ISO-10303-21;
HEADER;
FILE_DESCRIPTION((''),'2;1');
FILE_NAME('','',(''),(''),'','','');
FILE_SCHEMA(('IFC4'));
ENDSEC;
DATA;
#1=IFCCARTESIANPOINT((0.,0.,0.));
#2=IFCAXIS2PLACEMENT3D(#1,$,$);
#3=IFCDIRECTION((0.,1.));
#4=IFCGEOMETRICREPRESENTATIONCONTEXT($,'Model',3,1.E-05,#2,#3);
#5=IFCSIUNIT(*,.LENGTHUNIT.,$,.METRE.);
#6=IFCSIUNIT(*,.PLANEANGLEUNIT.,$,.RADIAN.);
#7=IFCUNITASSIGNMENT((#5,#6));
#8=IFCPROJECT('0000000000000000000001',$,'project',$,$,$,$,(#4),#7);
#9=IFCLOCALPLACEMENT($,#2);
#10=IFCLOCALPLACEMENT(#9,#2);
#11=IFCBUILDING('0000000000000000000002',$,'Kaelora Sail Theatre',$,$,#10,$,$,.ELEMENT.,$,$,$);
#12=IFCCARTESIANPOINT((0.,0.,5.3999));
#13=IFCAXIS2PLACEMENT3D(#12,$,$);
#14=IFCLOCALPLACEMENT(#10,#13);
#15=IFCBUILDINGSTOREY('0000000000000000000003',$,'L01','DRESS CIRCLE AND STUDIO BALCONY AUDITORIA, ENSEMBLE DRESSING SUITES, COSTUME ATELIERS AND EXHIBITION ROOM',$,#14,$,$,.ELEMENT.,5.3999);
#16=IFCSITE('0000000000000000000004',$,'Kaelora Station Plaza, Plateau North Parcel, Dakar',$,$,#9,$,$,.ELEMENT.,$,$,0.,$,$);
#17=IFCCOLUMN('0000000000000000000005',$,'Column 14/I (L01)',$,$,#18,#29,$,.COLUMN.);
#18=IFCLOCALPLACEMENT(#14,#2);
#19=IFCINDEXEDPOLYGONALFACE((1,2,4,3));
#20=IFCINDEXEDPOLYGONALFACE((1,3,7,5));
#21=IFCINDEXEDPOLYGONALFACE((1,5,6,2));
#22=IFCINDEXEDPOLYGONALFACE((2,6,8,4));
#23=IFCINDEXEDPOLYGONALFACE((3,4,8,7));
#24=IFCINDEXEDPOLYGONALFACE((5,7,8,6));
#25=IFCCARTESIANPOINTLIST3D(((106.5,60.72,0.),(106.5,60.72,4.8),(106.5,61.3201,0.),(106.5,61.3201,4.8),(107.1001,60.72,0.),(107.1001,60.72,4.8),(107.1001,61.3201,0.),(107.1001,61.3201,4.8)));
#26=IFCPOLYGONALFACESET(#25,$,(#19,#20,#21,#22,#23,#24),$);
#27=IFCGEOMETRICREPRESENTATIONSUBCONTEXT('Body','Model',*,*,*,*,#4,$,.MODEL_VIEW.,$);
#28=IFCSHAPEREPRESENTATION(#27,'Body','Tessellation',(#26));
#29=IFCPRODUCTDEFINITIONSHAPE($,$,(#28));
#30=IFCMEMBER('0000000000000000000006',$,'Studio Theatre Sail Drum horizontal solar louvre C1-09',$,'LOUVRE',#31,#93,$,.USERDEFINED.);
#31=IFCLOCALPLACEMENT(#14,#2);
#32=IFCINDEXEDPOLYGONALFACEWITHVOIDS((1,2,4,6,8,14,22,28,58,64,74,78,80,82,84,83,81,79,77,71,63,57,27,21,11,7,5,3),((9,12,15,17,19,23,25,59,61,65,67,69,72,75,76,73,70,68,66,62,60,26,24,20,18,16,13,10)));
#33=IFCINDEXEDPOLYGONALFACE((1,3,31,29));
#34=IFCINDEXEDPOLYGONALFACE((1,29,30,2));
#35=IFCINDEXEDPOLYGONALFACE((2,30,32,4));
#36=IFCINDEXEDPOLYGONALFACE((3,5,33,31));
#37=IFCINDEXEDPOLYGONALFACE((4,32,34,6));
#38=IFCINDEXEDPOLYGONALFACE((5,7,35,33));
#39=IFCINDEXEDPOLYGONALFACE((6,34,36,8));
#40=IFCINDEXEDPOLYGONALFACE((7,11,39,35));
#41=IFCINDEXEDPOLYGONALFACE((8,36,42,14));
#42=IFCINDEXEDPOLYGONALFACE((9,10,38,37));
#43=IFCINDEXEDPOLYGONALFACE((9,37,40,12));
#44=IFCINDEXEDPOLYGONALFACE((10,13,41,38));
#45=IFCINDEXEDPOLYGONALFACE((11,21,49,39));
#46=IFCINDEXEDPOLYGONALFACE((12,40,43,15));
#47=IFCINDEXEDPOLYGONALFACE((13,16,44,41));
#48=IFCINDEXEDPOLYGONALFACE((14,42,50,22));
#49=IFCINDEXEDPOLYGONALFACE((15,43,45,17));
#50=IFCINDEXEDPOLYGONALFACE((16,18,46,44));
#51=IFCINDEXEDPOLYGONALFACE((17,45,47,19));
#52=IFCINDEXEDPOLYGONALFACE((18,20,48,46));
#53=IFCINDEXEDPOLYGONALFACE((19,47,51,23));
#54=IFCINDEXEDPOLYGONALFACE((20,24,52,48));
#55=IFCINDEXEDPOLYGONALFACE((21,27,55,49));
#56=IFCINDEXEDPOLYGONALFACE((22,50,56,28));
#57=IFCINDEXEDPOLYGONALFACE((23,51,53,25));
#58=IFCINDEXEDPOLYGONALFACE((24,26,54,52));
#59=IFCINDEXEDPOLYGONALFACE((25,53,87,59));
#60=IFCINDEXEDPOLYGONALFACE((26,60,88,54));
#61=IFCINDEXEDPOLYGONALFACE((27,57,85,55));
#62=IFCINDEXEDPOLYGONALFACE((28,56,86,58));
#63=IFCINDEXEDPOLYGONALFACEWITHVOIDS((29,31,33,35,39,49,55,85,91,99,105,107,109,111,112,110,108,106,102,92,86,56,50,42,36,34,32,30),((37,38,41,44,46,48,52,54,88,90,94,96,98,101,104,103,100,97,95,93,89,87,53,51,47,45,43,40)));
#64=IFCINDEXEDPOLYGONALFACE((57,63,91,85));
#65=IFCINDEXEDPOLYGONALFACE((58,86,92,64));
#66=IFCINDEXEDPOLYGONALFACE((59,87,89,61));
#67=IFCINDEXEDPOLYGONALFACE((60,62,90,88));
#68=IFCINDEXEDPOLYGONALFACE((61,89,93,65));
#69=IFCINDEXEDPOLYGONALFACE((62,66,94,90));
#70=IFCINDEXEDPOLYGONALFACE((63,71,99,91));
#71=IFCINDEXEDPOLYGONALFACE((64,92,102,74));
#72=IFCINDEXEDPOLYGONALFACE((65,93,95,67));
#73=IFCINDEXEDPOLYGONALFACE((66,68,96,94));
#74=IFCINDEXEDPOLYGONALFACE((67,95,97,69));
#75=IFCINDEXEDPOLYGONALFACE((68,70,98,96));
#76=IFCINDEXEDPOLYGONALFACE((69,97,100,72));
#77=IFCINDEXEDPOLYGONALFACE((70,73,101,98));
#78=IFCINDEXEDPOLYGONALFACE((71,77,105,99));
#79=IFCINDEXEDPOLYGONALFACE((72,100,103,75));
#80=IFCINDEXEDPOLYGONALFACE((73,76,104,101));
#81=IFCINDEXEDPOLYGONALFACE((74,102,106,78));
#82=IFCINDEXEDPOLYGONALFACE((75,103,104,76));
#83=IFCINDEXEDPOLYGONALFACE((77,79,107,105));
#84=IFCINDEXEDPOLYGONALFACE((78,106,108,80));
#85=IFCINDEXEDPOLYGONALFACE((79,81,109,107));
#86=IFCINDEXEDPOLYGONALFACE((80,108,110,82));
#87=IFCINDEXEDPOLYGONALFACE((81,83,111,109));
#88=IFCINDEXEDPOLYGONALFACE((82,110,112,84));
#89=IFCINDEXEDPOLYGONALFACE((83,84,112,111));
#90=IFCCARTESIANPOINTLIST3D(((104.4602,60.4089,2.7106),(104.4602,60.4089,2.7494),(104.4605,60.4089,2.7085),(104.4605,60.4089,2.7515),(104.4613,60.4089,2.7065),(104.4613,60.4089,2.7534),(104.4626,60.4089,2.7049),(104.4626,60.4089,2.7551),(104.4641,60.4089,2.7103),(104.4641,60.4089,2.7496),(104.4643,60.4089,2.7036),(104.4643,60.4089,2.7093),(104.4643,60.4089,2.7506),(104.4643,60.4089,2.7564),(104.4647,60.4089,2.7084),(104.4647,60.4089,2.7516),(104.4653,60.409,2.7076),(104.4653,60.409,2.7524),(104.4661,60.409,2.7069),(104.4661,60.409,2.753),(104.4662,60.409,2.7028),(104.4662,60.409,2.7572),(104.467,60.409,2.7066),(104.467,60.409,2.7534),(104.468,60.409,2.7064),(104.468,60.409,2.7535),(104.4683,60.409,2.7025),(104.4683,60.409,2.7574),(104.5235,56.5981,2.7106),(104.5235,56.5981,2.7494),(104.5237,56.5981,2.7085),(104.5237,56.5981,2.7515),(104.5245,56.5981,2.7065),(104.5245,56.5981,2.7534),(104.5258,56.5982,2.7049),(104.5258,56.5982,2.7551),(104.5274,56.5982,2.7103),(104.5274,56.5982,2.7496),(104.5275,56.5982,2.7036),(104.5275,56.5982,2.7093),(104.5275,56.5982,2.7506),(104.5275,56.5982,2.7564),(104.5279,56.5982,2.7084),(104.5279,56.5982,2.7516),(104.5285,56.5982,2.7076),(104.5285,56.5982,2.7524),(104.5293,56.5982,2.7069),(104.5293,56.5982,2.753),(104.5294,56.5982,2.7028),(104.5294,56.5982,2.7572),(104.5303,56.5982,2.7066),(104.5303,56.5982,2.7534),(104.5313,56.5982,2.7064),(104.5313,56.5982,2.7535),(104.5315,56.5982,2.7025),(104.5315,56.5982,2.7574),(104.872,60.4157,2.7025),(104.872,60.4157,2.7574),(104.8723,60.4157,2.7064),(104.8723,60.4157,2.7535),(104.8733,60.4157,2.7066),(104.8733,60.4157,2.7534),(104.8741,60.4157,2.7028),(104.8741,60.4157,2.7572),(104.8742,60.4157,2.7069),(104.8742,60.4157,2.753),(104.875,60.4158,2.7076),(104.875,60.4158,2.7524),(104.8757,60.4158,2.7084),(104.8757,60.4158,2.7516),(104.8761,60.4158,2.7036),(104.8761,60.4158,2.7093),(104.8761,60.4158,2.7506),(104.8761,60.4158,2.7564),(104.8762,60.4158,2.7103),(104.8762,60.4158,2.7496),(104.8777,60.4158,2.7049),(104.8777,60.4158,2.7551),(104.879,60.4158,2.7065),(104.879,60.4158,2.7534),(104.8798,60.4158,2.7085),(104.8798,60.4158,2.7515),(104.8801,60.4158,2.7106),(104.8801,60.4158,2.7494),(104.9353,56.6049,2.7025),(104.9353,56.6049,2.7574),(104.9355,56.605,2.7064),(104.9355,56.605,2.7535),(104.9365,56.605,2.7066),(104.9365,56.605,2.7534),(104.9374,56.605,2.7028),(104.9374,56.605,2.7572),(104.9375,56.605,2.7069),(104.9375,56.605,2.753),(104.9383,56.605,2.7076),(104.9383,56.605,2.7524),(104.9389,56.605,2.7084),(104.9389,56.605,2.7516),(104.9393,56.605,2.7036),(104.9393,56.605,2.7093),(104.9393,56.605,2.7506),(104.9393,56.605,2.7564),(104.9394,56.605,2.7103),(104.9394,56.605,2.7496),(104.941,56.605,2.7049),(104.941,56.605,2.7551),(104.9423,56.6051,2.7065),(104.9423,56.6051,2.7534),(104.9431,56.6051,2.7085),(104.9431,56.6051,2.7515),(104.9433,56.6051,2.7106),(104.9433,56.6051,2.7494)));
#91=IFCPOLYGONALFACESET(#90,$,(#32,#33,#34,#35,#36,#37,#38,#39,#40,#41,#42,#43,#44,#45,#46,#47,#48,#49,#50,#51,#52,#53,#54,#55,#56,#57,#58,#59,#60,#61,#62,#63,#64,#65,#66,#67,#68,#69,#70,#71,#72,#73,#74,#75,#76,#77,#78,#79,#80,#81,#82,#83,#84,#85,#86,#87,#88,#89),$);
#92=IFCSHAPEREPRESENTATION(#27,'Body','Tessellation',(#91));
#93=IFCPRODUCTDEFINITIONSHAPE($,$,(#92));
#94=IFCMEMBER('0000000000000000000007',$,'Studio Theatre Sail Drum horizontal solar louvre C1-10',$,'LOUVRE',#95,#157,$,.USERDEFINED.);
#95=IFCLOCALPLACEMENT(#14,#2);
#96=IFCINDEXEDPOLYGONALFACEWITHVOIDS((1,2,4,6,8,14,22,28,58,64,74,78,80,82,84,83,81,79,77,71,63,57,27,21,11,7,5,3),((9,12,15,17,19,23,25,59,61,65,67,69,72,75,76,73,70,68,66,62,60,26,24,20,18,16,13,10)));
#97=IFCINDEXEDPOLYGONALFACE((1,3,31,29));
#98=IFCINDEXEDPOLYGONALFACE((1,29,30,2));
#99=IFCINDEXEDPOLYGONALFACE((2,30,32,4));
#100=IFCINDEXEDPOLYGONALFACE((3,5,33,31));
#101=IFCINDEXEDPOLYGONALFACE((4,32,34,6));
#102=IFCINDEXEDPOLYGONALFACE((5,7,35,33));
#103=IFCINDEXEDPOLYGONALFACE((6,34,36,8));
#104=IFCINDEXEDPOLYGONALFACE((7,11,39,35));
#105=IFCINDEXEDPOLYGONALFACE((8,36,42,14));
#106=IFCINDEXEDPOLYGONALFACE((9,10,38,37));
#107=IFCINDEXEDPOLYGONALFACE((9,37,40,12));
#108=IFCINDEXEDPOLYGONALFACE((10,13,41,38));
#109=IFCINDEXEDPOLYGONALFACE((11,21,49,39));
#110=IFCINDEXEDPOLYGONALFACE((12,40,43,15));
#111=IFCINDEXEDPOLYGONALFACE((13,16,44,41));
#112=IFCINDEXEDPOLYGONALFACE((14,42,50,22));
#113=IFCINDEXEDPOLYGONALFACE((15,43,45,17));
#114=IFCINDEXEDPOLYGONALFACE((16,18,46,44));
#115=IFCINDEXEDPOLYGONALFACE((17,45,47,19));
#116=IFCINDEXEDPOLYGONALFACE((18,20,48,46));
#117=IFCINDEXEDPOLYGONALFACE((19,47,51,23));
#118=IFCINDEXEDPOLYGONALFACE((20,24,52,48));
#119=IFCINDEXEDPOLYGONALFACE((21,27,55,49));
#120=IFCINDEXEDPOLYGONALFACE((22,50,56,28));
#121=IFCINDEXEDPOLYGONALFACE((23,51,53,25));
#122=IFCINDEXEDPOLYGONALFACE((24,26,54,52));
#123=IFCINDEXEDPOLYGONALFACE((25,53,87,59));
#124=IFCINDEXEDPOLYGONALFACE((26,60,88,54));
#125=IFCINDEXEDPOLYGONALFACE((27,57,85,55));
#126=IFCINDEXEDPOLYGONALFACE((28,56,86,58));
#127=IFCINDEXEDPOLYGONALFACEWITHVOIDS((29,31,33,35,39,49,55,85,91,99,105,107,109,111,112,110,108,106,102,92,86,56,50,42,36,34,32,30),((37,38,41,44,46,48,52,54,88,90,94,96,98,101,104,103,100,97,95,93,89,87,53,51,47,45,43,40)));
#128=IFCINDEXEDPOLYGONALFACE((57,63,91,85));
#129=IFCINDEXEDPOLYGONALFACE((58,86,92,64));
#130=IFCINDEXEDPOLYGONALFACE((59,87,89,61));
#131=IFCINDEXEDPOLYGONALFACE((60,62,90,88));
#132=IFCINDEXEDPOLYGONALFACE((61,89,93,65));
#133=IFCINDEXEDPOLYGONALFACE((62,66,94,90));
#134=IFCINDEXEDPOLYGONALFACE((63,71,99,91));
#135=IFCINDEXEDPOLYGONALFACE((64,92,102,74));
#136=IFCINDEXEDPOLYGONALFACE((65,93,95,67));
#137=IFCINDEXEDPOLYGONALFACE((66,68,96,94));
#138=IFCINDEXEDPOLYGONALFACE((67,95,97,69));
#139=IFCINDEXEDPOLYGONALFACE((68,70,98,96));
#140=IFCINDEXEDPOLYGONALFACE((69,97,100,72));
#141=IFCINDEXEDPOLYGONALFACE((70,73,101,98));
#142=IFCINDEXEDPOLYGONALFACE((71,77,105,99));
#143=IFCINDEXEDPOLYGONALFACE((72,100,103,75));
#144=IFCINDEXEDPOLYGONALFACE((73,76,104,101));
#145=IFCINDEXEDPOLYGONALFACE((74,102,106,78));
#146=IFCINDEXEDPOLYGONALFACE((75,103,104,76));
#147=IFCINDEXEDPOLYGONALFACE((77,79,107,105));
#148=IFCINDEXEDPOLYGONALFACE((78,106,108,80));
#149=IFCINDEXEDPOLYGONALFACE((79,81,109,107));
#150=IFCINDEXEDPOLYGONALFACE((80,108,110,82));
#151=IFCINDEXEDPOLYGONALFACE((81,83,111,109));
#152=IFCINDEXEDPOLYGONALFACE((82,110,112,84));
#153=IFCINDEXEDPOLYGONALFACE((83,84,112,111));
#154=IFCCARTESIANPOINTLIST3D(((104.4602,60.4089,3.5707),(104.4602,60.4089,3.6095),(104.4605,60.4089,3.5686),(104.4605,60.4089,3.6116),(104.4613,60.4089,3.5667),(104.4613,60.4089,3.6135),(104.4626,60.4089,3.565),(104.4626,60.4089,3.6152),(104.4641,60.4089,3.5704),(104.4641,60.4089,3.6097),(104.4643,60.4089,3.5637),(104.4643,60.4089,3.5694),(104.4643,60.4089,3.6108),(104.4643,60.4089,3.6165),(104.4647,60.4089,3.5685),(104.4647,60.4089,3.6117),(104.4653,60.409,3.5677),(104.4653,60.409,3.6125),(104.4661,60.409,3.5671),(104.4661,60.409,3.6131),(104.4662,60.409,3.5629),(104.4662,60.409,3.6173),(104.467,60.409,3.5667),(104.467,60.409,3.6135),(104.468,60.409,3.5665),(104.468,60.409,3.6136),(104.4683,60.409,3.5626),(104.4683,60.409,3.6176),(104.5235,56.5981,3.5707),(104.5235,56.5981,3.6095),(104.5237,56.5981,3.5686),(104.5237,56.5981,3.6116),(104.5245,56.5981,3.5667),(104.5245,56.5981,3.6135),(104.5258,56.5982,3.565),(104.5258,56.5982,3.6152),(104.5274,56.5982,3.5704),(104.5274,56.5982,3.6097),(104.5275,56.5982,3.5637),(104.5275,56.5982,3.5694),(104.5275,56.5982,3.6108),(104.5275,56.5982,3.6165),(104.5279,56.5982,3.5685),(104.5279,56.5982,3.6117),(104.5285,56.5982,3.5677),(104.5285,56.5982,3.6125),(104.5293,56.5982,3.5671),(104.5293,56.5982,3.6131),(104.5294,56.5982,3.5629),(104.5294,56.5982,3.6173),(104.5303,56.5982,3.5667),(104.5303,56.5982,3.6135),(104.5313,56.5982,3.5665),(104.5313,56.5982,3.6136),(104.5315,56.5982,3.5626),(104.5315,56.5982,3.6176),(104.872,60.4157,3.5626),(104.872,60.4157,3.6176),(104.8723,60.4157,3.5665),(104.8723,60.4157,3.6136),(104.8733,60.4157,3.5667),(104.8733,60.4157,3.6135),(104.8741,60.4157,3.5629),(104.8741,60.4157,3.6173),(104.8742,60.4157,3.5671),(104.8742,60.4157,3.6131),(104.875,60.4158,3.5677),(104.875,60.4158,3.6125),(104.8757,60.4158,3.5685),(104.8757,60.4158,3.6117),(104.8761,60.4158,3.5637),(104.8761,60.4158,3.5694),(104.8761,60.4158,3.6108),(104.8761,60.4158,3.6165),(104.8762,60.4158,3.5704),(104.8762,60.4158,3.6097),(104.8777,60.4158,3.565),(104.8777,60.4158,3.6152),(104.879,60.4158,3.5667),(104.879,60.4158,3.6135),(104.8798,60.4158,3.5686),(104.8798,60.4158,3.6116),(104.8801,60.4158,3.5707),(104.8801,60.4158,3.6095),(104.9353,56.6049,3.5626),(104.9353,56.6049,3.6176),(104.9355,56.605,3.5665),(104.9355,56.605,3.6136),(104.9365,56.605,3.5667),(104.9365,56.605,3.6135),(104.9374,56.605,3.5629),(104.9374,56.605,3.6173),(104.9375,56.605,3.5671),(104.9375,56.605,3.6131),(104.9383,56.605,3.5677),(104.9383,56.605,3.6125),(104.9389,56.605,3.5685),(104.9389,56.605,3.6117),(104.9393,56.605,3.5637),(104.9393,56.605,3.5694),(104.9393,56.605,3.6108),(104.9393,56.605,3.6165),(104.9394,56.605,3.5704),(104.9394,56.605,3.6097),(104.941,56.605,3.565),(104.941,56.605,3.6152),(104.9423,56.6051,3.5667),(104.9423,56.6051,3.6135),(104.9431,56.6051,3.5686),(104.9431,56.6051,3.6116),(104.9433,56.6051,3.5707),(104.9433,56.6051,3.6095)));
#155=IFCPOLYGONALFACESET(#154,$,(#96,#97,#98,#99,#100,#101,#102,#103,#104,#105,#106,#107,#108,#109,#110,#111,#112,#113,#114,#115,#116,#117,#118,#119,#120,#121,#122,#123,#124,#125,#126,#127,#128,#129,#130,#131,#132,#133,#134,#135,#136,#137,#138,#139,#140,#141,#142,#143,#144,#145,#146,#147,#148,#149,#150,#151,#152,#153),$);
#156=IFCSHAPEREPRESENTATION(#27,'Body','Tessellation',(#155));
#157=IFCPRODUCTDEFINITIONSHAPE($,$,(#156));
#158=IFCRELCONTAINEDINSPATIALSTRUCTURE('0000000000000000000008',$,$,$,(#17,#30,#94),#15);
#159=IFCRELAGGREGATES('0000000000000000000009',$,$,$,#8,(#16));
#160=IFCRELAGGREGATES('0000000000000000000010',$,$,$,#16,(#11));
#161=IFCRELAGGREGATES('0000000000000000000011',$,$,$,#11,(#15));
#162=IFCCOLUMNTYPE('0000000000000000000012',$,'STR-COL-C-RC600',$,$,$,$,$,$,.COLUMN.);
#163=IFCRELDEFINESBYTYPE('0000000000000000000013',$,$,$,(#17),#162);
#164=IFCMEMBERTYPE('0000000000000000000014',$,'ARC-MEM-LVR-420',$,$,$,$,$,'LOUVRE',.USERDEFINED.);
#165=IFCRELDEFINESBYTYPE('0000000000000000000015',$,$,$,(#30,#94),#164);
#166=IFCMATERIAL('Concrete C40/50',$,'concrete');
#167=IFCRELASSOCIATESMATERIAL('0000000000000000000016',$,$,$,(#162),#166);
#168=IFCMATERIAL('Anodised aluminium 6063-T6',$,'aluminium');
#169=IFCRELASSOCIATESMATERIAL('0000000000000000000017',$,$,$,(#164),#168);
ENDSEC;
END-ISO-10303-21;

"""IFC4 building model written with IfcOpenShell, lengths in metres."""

from ifc_helpers import new_model, si_unit, direction, frame, origin, origin_2d, place, context, subcontext, project, spatial, rectangle, hollow_rectangle, extrude, material, material_profile, profile_set, type_object, element, save


model = new_model("IFC4")

# Units and contexts
model_context = context("Model", 3, precision=1e-05, world=origin(), true_north=direction((0.0, 1.0)))
body_context = subcontext(model_context, "Body", "Model", "MODEL_VIEW")
ifc_project = project(units=[si_unit("LENGTHUNIT", "METRE"), si_unit("PLANEANGLEUNIT", "RADIAN")], contexts=[model_context])

# Site, building, storey
site_placement = place(None, origin())
site = spatial("IfcSite", under=ifc_project, at=site_placement, Name="Kaelora Station Plaza, Plateau North Parcel, Dakar", CompositionType="ELEMENT", RefElevation=0.0)
building_placement = place(site_placement, origin())
building = spatial("IfcBuilding", under=site, at=building_placement, Name="Kaelora Sail Theatre", CompositionType="ELEMENT")
storey_placement = place(building_placement, frame((0.0, 0.0, 5.3999)))
storey = spatial("IfcBuildingStorey", under=building, at=storey_placement, Name="L01", Description="DRESS CIRCLE AND STUDIO BALCONY AUDITORIA, ENSEMBLE DRESSING SUITES, COSTUME ATELIERS AND EXHIBITION ROOM", CompositionType="ELEMENT", Elevation=5.3999)

# Column
ifc_material_1 = material(Name="Concrete C40/50", Category="concrete")
ifc_material_profile_1 = material_profile(ifc_material_1, rectangle(XDim=0.6001, YDim=0.6001, at=origin_2d()), Name="RC-COL 600x600")
ifc_profile_set_1 = profile_set([ifc_material_profile_1], Name="Concrete C40/50")
column_type = type_object("IfcColumnType", Name="STR-COL-C-RC600", PredefinedType="COLUMN", material=ifc_profile_set_1)
column_placement = place(storey_placement, frame((106.8, 61.02, 0.0), z_axis=(0.0, 0.0, 1.0), x_axis=(1.0, 0.0, 0.0)))
element("IfcColumn", 1, at=column_placement, inside=storey, type_object=column_type, Name="Column 14/I (L01)", PredefinedType="COLUMN", context=body_context, shape_type="SweptSolid", body=[
    extrude(rectangle(XDim=0.6001, YDim=0.6001, at=origin_2d()), origin(), (0.0, 0.0, 1.0), 4.8),
])

# Members
ifc_material_2 = material(Name="Anodised aluminium 6063-T6", Category="aluminium")
ifc_material_profile_2 = material_profile(ifc_material_2, hollow_rectangle(XDim=0.4199, YDim=0.0549, WallThickness=0.0039, InnerFilletRadius=0.0039, OuterFilletRadius=0.0081, at=origin_2d()), Name="LOUVRE 420x55x4")
ifc_profile_set_2 = profile_set([ifc_material_profile_2], Name="Anodised aluminium 6063-T6")
member_type_1 = type_object("IfcMemberType", Name="ARC-MEM-LVR-420", ElementType="LOUVRE", PredefinedType="USERDEFINED", material=ifc_profile_set_2)
for number, where, z_axis, x_axis, name in (
    (2, (104.6702, 60.4124, 2.73), (0.016591, -0.999862, 0.0), (0.999862, 0.016591, 0.0), "Studio Theatre Sail Drum horizontal solar louvre C1-09"),
    (3, (104.6702, 60.4124, 3.5901), (0.016591, -0.999862, 0.0), (0.999862, 0.016591, 0.0), "Studio Theatre Sail Drum horizontal solar louvre C1-10"),
):
    element("IfcMember", number, at=place(storey_placement, frame(where, z_axis=z_axis, x_axis=x_axis)), inside=storey, type_object=member_type_1, Name=name, ObjectType="LOUVRE", PredefinedType="USERDEFINED", context=body_context, shape_type="SweptSolid", body=[
        extrude(hollow_rectangle(XDim=0.4199, YDim=0.0549, WallThickness=0.0039, InnerFilletRadius=0.0039, OuterFilletRadius=0.0081, at=origin_2d()), origin(), (0.0, 0.0, 1.0), 3.8113),
    ])

save(model, "model.ifc")
